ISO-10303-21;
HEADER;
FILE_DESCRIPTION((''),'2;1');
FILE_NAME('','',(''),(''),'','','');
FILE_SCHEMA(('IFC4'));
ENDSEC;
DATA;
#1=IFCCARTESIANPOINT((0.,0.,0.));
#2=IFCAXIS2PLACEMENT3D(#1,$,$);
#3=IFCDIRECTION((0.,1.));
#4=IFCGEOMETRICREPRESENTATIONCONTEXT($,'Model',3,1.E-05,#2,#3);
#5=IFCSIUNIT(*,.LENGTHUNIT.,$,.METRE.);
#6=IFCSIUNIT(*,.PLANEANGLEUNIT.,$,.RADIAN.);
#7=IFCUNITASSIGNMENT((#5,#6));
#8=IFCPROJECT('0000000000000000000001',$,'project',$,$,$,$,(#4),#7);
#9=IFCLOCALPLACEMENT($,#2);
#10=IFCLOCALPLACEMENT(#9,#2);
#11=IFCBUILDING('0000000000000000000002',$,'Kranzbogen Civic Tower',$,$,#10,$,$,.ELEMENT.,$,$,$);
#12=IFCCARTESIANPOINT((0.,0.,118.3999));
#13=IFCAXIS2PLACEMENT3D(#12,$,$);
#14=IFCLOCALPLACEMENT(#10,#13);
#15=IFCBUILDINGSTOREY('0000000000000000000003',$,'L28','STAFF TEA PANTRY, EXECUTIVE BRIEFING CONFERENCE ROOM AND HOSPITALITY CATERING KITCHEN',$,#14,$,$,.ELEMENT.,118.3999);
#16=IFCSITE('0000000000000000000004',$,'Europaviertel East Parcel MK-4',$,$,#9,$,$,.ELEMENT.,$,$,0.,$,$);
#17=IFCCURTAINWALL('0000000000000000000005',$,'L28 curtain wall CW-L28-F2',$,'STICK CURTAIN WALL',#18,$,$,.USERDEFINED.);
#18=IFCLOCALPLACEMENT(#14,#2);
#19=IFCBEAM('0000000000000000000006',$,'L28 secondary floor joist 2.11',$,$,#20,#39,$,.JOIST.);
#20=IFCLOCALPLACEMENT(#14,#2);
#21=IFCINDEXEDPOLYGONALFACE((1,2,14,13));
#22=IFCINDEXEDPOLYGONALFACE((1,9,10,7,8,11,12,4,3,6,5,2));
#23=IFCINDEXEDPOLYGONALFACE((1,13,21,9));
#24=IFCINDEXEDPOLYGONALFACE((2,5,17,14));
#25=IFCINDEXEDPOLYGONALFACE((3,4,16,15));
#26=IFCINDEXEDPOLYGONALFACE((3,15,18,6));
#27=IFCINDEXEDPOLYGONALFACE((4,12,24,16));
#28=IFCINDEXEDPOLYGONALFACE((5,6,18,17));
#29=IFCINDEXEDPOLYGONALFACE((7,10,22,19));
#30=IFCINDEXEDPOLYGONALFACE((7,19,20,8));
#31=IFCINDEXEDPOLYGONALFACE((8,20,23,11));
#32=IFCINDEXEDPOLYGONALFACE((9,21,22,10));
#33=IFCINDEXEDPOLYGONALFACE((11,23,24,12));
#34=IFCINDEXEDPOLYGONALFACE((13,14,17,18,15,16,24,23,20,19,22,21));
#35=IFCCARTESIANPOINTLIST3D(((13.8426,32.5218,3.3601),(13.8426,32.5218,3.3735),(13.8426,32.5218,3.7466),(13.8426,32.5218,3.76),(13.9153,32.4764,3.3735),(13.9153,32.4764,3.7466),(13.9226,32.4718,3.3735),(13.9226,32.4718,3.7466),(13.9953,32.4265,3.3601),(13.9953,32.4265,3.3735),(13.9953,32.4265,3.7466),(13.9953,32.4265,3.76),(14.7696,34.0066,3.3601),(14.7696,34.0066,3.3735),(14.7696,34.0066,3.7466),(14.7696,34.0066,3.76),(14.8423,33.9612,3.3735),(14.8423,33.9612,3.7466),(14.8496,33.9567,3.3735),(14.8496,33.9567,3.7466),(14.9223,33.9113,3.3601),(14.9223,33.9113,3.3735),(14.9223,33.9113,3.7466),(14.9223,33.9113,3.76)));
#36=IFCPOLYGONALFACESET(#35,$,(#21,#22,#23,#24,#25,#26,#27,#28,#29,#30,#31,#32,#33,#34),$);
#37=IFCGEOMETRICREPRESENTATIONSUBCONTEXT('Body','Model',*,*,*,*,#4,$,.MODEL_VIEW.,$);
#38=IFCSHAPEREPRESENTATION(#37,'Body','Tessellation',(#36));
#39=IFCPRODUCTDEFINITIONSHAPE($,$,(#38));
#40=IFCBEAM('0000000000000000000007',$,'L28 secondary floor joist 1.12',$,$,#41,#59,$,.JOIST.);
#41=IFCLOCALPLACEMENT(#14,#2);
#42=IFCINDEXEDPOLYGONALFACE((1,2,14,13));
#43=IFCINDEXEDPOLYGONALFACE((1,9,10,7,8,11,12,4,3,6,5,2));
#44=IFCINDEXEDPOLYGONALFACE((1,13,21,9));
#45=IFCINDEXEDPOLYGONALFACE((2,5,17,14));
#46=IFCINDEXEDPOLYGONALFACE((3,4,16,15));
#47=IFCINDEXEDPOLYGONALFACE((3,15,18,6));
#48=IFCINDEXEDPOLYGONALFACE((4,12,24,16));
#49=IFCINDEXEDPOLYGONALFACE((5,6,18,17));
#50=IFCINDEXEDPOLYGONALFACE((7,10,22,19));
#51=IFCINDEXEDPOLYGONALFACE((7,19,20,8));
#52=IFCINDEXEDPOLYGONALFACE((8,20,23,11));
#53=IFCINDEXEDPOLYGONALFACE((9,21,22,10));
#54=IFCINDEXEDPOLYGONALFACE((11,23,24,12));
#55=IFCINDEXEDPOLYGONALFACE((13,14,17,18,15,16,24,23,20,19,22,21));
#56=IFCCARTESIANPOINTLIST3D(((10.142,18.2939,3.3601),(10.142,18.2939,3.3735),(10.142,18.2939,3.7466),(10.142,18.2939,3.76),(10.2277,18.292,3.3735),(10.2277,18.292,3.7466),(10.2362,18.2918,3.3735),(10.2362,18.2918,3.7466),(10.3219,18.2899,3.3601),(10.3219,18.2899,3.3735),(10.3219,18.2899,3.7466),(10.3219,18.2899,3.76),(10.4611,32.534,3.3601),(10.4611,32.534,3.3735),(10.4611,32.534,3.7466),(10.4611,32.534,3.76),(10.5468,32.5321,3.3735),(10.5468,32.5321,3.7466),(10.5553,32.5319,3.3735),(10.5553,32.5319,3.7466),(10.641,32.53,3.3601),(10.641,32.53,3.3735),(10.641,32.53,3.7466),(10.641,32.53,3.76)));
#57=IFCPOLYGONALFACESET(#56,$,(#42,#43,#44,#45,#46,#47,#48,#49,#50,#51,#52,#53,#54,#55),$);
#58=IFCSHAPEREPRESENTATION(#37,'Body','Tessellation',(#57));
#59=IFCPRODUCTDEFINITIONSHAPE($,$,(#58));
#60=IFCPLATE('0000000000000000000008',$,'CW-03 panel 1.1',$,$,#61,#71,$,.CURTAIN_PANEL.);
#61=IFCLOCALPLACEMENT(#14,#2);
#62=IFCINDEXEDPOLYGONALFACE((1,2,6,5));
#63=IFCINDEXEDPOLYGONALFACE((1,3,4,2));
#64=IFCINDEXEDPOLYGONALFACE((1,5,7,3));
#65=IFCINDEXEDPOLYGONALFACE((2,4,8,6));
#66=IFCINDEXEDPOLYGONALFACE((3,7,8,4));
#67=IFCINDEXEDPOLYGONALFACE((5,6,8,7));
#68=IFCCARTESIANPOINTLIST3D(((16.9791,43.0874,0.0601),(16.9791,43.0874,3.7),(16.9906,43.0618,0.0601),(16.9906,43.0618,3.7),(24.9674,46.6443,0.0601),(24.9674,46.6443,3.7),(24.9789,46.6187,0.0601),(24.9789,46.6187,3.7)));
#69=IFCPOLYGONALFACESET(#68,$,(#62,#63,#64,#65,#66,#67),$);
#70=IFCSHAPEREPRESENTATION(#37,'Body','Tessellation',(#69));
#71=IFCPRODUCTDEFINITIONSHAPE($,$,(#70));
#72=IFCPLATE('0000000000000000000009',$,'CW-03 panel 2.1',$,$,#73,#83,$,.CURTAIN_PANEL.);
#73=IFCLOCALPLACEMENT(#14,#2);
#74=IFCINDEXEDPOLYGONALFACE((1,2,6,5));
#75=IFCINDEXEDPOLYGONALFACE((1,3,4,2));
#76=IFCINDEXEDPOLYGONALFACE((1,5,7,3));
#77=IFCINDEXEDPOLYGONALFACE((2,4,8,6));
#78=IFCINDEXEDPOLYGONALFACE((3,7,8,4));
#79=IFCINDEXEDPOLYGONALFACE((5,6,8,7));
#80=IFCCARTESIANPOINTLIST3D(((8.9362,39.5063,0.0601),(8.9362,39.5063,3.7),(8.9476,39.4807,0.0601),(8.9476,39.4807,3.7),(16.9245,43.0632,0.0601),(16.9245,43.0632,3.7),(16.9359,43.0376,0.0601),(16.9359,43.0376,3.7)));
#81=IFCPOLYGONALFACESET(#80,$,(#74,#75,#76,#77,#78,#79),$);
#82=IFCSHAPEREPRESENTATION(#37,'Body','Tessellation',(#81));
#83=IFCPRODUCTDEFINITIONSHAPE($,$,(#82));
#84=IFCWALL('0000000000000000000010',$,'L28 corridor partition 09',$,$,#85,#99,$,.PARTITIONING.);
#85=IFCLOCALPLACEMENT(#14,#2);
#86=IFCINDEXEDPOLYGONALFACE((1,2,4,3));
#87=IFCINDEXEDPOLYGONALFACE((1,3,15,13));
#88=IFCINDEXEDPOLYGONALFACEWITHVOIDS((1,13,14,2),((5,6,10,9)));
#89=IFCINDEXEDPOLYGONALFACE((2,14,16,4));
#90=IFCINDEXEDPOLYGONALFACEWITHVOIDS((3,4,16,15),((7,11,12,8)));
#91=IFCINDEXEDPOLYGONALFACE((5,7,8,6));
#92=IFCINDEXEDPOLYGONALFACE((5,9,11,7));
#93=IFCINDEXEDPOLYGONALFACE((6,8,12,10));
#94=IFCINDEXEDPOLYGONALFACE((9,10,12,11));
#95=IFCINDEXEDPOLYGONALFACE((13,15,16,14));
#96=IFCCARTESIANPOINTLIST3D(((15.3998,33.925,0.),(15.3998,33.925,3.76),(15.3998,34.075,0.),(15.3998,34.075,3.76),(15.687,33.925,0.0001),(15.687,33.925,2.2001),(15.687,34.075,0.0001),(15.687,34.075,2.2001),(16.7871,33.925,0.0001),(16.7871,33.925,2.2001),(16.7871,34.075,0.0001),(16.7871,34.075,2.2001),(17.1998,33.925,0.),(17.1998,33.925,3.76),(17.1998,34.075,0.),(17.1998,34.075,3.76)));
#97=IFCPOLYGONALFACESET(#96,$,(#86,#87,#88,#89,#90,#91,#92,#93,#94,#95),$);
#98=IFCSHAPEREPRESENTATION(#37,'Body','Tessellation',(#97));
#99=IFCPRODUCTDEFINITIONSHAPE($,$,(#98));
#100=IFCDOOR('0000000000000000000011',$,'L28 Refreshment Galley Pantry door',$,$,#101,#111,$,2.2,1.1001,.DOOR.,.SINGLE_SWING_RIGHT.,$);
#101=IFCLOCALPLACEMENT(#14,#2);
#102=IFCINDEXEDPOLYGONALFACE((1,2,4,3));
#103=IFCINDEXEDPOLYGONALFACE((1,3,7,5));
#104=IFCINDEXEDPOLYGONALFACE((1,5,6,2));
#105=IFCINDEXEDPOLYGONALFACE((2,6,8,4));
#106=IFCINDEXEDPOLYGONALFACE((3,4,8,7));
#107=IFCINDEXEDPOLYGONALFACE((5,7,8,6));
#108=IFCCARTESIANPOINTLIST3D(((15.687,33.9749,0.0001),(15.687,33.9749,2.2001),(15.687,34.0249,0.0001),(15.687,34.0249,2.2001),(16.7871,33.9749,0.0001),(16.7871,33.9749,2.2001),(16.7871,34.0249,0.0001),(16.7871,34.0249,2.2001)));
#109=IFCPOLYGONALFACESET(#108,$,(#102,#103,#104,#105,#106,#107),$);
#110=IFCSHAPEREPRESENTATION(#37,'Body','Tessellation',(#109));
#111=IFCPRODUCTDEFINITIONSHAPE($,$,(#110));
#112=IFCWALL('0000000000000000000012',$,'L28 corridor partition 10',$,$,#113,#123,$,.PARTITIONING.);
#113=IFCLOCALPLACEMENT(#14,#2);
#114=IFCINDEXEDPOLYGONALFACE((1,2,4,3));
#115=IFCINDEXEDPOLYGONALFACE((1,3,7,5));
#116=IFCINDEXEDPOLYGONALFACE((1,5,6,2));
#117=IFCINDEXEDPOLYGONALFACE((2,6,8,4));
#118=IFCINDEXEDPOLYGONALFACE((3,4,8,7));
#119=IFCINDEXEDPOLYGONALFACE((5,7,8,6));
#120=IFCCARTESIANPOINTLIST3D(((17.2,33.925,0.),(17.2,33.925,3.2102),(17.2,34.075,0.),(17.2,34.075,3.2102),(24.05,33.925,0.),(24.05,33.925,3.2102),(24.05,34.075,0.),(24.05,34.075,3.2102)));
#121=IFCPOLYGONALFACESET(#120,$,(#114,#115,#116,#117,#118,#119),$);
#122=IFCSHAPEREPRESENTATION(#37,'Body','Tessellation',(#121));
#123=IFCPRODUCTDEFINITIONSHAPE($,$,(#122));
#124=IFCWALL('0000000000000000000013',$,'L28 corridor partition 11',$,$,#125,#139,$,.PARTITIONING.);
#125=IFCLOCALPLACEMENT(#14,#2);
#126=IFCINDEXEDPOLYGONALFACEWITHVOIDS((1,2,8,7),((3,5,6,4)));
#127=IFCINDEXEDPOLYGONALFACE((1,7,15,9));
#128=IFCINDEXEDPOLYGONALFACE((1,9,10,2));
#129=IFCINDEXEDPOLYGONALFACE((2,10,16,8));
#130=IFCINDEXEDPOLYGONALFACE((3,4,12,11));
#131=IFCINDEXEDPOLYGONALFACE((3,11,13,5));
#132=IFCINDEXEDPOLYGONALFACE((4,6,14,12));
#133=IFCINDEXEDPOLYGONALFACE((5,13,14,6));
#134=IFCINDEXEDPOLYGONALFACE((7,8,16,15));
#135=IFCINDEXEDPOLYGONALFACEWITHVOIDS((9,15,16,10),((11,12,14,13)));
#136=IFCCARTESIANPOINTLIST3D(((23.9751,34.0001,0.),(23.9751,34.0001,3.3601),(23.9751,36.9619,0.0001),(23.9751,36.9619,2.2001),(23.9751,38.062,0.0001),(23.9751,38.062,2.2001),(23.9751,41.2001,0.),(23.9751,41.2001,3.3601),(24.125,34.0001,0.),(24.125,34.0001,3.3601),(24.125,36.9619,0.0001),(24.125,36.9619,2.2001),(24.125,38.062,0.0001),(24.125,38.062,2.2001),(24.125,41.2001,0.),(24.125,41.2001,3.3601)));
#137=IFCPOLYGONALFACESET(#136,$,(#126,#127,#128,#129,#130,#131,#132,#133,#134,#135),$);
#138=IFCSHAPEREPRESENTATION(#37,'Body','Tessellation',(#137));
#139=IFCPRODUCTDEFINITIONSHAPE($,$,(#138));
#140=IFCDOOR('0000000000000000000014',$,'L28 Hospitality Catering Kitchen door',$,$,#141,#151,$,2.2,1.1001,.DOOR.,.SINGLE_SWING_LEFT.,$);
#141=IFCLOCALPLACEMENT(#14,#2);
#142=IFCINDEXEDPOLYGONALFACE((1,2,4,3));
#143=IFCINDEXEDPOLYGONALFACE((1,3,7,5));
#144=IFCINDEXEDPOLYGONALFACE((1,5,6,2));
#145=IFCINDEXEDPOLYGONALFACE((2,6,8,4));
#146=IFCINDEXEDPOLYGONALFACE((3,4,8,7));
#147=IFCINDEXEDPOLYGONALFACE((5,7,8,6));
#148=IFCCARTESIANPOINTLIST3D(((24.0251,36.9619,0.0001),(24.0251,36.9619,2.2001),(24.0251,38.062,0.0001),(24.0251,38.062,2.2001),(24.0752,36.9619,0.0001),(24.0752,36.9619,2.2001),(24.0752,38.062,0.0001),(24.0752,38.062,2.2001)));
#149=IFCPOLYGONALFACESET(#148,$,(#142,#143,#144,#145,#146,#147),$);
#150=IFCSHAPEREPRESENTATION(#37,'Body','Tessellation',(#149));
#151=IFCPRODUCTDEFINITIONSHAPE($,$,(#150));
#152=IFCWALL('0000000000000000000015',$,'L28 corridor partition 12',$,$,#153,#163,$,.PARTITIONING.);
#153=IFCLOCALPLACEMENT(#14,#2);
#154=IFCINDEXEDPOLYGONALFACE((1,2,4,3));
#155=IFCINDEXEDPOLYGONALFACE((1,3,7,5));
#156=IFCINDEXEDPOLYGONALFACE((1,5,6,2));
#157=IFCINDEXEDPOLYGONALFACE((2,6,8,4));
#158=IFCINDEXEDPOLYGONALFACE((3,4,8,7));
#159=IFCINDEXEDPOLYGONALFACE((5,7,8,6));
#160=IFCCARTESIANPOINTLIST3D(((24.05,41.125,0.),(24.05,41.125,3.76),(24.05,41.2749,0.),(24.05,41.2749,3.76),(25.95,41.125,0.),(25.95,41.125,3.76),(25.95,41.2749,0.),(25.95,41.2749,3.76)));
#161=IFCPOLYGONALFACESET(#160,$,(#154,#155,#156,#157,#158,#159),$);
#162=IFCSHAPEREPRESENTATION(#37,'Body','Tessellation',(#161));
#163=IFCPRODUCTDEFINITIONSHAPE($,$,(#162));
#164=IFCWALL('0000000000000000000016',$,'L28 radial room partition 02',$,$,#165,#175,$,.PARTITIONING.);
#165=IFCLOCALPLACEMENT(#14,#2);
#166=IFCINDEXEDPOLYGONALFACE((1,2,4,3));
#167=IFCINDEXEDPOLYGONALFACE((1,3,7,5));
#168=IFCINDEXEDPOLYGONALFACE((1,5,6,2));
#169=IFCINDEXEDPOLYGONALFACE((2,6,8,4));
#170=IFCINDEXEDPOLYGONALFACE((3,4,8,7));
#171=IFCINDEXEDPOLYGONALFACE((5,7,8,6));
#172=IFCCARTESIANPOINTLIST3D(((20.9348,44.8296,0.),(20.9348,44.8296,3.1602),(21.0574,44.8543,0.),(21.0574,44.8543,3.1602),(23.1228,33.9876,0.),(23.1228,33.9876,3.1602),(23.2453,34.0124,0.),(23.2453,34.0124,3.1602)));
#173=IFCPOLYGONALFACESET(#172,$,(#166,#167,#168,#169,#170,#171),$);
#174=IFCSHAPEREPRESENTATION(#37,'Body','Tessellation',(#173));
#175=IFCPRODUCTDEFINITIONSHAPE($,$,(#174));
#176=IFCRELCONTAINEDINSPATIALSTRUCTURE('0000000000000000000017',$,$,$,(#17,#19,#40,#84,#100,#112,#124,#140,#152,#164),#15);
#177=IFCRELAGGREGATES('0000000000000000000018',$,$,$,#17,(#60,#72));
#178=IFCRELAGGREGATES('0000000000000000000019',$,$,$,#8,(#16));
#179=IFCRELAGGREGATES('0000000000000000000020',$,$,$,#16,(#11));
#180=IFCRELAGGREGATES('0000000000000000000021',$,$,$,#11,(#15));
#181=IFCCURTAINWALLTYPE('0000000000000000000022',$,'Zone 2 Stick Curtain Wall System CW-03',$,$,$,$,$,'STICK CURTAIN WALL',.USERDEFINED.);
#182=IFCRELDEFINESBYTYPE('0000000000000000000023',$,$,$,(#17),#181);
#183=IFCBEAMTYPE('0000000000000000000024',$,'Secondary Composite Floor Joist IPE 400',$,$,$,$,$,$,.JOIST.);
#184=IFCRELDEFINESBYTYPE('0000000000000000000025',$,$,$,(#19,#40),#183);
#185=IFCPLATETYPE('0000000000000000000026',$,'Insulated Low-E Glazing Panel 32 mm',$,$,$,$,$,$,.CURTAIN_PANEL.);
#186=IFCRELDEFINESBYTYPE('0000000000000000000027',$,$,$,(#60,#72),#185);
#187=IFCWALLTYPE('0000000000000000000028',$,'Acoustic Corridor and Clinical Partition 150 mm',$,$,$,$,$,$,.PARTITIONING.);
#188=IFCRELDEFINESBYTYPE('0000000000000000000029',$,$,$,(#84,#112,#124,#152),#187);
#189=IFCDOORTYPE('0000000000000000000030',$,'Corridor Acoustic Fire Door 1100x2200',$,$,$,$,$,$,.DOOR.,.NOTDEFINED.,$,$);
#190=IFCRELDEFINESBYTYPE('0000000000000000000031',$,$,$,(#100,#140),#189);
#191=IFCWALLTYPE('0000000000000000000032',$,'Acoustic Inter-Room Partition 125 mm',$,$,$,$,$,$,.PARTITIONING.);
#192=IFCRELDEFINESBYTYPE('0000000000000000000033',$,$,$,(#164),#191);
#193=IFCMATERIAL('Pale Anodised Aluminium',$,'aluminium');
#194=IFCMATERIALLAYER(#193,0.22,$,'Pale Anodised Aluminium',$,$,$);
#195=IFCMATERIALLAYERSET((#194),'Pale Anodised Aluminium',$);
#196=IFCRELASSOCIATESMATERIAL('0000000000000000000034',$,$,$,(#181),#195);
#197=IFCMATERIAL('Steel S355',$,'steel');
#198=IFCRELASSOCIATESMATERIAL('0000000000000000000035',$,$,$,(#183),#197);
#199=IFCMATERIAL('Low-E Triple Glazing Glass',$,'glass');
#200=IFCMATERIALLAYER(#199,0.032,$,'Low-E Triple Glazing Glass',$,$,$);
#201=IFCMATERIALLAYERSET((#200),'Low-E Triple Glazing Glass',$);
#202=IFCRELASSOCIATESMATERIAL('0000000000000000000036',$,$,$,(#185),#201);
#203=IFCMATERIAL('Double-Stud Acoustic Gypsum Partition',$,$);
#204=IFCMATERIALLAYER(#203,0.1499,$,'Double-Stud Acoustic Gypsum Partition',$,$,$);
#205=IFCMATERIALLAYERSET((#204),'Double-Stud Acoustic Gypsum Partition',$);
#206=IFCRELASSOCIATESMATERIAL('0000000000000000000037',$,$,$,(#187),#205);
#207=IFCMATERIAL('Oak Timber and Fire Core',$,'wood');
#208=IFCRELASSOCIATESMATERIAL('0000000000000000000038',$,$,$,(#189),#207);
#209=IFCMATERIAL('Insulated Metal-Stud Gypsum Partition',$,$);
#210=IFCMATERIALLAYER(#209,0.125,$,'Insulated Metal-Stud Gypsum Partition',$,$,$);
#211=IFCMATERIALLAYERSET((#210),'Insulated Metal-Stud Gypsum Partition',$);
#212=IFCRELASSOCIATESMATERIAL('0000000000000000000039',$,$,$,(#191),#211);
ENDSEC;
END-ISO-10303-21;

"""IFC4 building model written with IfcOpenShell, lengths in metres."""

from ifc_helpers import new_model, si_unit, direction, frame, frame_2d, origin, origin_2d, place, context, subcontext, project, spatial, rectangle, i_section, extrude, material, layer, layer_set, material_profile, profile_set, type_object, element, fill, aggregate, save


model = new_model("IFC4")

# Units and contexts
model_context = context("Model", 3, precision=1e-05, world=origin(), true_north=direction((0.0, 1.0)))
body_context = subcontext(model_context, "Body", "Model", "MODEL_VIEW")
ifc_project = project(units=[si_unit("LENGTHUNIT", "METRE"), si_unit("PLANEANGLEUNIT", "RADIAN")], contexts=[model_context])

# Site, building, storey
site_placement = place(None, origin())
site = spatial("IfcSite", under=ifc_project, at=site_placement, Name="Europaviertel East Parcel MK-4", CompositionType="ELEMENT", RefElevation=0.0)
building_placement = place(site_placement, origin())
building = spatial("IfcBuilding", under=site, at=building_placement, Name="Kranzbogen Civic Tower", CompositionType="ELEMENT")
storey_placement = place(building_placement, frame((0.0, 0.0, 118.3999)))
storey = spatial("IfcBuildingStorey", under=building, at=storey_placement, Name="L28", Description="STAFF TEA PANTRY, EXECUTIVE BRIEFING CONFERENCE ROOM AND HOSPITALITY CATERING KITCHEN", CompositionType="ELEMENT", Elevation=118.3999)

# Curtain wall
ifc_material_1 = material(Name="Pale Anodised Aluminium", Category="aluminium")
ifc_layer_1 = layer(ifc_material_1, 0.22, Name="Pale Anodised Aluminium")
ifc_layer_set_1 = layer_set([ifc_layer_1], Name="Pale Anodised Aluminium")
curtain_wall_type = type_object("IfcCurtainWallType", Name="Zone 2 Stick Curtain Wall System CW-03", ElementType="STICK CURTAIN WALL", PredefinedType="USERDEFINED", material=ifc_layer_set_1)
curtain_wall_1_placement = place(storey_placement, origin())
curtain_wall_1 = element("IfcCurtainWall", 1, at=curtain_wall_1_placement, inside=storey, type_object=curtain_wall_type, Name="L28 curtain wall CW-L28-F2", ObjectType="STICK CURTAIN WALL", PredefinedType="USERDEFINED")

# Beams
ifc_material_2 = material(Name="Steel S355", Category="steel")
ifc_material_profile_1 = material_profile(ifc_material_2, i_section(OverallWidth=0.1799, OverallDepth=0.3999, WebThickness=0.0085, FlangeThickness=0.0134, at=origin_2d()), Name="IPE 400")
ifc_profile_set_1 = profile_set([ifc_material_profile_1], Name="Steel S355")
beam_type_1 = type_object("IfcBeamType", Name="Secondary Composite Floor Joist IPE 400", PredefinedType="JOIST", material=ifc_profile_set_1)
beam_1_placement = place(storey_placement, frame((14.8459, 33.959, 3.5601), z_axis=(-0.529573, -0.848265, 0.0), x_axis=(0.848265, -0.529573, 0.0)))
element("IfcBeam", 2, at=beam_1_placement, inside=storey, type_object=beam_type_1, Name="L28 secondary floor joist 2.11", PredefinedType="JOIST", context=body_context, shape_type="SweptSolid", body=[
    extrude(i_section(OverallWidth=0.1799, OverallDepth=0.3999, WebThickness=0.0085, FlangeThickness=0.0134, at=origin_2d()), origin(), (0.0, 0.0, 1.0), 1.7505),
])
beam_2_placement = place(storey_placement, frame((10.551, 32.532, 3.5601), z_axis=(-0.022403, -0.999749, 0.0), x_axis=(0.999749, -0.022403, 0.0)))
element("IfcBeam", 3, at=beam_2_placement, inside=storey, type_object=beam_type_1, Name="L28 secondary floor joist 1.12", PredefinedType="JOIST", context=body_context, shape_type="SweptSolid", body=[
    extrude(i_section(OverallWidth=0.1799, OverallDepth=0.3999, WebThickness=0.0085, FlangeThickness=0.0134, at=origin_2d()), origin(), (0.0, 0.0, 1.0), 14.2437),
])

# Plates
ifc_material_3 = material(Name="Low-E Triple Glazing Glass", Category="glass")
ifc_layer_2 = layer(ifc_material_3, 0.032, Name="Low-E Triple Glazing Glass")
ifc_layer_set_2 = layer_set([ifc_layer_2], Name="Low-E Triple Glazing Glass")
plate_type = type_object("IfcPlateType", Name="Insulated Low-E Glazing Panel 32 mm", PredefinedType="CURTAIN_PANEL", material=ifc_layer_set_2)
plate_1_placement = place(storey_placement, frame((20.979, 44.853, 0.0601), z_axis=(0.0, 0.0, 1.0), x_axis=(-0.913534, -0.406763, 0.0)))
plate_1 = element("IfcPlate", 4, at=plate_1_placement, type_object=plate_type, Name="CW-03 panel 1.1", PredefinedType="CURTAIN_PANEL", context=body_context, shape_type="SweptSolid", body=[
    extrude(rectangle(XDim=8.7444, YDim=0.0281, at=origin_2d()), origin(), (0.0, 0.0, 1.0), 3.6399),
])
plate_2_placement = place(storey_placement, frame((12.936, 41.272, 0.0601), z_axis=(0.0, 0.0, 1.0), x_axis=(-0.913534, -0.406763, 0.0)))
plate_2 = element("IfcPlate", 5, at=plate_2_placement, type_object=plate_type, Name="CW-03 panel 2.1", PredefinedType="CURTAIN_PANEL", context=body_context, shape_type="SweptSolid", body=[
    extrude(rectangle(XDim=8.7444, YDim=0.0281, at=origin_2d()), origin(), (0.0, 0.0, 1.0), 3.6399),
])
aggregate(curtain_wall_1, [plate_1, plate_2])

# Wall, opening, door
ifc_material_4 = material(Name="Double-Stud Acoustic Gypsum Partition")
ifc_layer_3 = layer(ifc_material_4, 0.1499, Name="Double-Stud Acoustic Gypsum Partition")
ifc_layer_set_3 = layer_set([ifc_layer_3], Name="Double-Stud Acoustic Gypsum Partition")
wall_type_1 = type_object("IfcWallType", Name="Acoustic Corridor and Clinical Partition 150 mm", PredefinedType="PARTITIONING", material=ifc_layer_set_3)
wall_1_placement = place(storey_placement, frame((15.3999, 34.0, 0.0), z_axis=(0.0, 0.0, 1.0), x_axis=(1.0, 0.0, 0.0)))
wall_1 = element("IfcWall", 6, at=wall_1_placement, inside=storey, type_object=wall_type_1, Name="L28 corridor partition 09", PredefinedType="PARTITIONING", context=body_context, shape_type="SweptSolid", body=[
    extrude(rectangle(XDim=1.8, YDim=0.1499, at=frame_2d((0.8999, 0.0))), origin(), (0.0, 0.0, 1.0), 3.76),
])
opening_1_placement = place(wall_1_placement, frame((0.2871, 0.0, 0.0)))
opening_1 = element("IfcOpeningElement", 7, at=opening_1_placement, cuts=wall_1, PredefinedType="OPENING", context=body_context, shape_type="SweptSolid", body=[
    extrude(rectangle(XDim=1.1001, YDim=2.2, at=frame_2d((0.55, 1.1001))), frame((0.0, 0.085, 0.0), z_axis=(0.0, -1.0, 0.0), x_axis=(1.0, 0.0, 0.0)), (0.0, 0.0, 1.0), 0.1699),
])
ifc_material_5 = material(Name="Oak Timber and Fire Core", Category="wood")
door_type = type_object("IfcDoorType", Name="Corridor Acoustic Fire Door 1100x2200", OperationType="NOTDEFINED", PredefinedType="DOOR", material=ifc_material_5)
door_1_placement = place(opening_1_placement, origin())
door_1 = element("IfcDoor", 8, at=door_1_placement, inside=storey, type_object=door_type, Name="L28 Refreshment Galley Pantry door", OperationType="SINGLE_SWING_RIGHT", OverallHeight=2.2, OverallWidth=1.1001, PredefinedType="DOOR", context=body_context, shape_type="SweptSolid", body=[
    extrude(rectangle(XDim=1.1001, YDim=2.2, at=frame_2d((0.55, 1.1001))), frame((0.0, 0.0249, 0.0), z_axis=(0.0, -1.0, 0.0), x_axis=(1.0, 0.0, 0.0)), (0.0, 0.0, 1.0), 0.05),
])
fill(opening_1, door_1)

# Wall
wall_2_placement = place(storey_placement, frame((17.2, 34.0, 0.0), z_axis=(0.0, 0.0, 1.0), x_axis=(1.0, 0.0, 0.0)))
element("IfcWall", 9, at=wall_2_placement, inside=storey, type_object=wall_type_1, Name="L28 corridor partition 10", PredefinedType="PARTITIONING", context=body_context, shape_type="SweptSolid", body=[
    extrude(rectangle(XDim=6.8501, YDim=0.1499, at=frame_2d((3.425, 0.0))), origin(), (0.0, 0.0, 1.0), 3.2102),
])

# Wall, opening, door
wall_3_placement = place(storey_placement, frame((24.05, 34.0, 0.0), z_axis=(0.0, 0.0, 1.0), x_axis=(0.0, 1.0, 0.0)))
wall_3 = element("IfcWall", 10, at=wall_3_placement, inside=storey, type_object=wall_type_1, Name="L28 corridor partition 11", PredefinedType="PARTITIONING", context=body_context, shape_type="SweptSolid", body=[
    extrude(rectangle(XDim=7.2, YDim=0.1499, at=frame_2d((3.6001, 0.0))), origin(), (0.0, 0.0, 1.0), 3.3601),
])
opening_2_placement = place(wall_3_placement, frame((2.9619, 0.0, 0.0)))
opening_2 = element("IfcOpeningElement", 11, at=opening_2_placement, cuts=wall_3, PredefinedType="OPENING", context=body_context, shape_type="SweptSolid", body=[
    extrude(rectangle(XDim=1.1001, YDim=2.2, at=frame_2d((0.55, 1.1001))), frame((0.0, 0.085, 0.0), z_axis=(0.0, -1.0, 0.0), x_axis=(1.0, 0.0, 0.0)), (0.0, 0.0, 1.0), 0.1699),
])
door_2_placement = place(opening_2_placement, origin())
door_2 = element("IfcDoor", 12, at=door_2_placement, inside=storey, type_object=door_type, Name="L28 Hospitality Catering Kitchen door", OperationType="SINGLE_SWING_LEFT", OverallHeight=2.2, OverallWidth=1.1001, PredefinedType="DOOR", context=body_context, shape_type="SweptSolid", body=[
    extrude(rectangle(XDim=1.1001, YDim=2.2, at=frame_2d((0.55, 1.1001))), frame((0.0, 0.0249, 0.0), z_axis=(0.0, -1.0, 0.0), x_axis=(1.0, 0.0, 0.0)), (0.0, 0.0, 1.0), 0.05),
])
fill(opening_2, door_2)

# Walls
wall_4_placement = place(storey_placement, frame((24.05, 41.2, 0.0), z_axis=(0.0, 0.0, 1.0), x_axis=(1.0, 0.0, 0.0)))
element("IfcWall", 13, at=wall_4_placement, inside=storey, type_object=wall_type_1, Name="L28 corridor partition 12", PredefinedType="PARTITIONING", context=body_context, shape_type="SweptSolid", body=[
    extrude(rectangle(XDim=1.8999, YDim=0.1499, at=frame_2d((0.95, 0.0))), origin(), (0.0, 0.0, 1.0), 3.76),
])
ifc_material_6 = material(Name="Insulated Metal-Stud Gypsum Partition")
ifc_layer_4 = layer(ifc_material_6, 0.125, Name="Insulated Metal-Stud Gypsum Partition")
ifc_layer_set_4 = layer_set([ifc_layer_4], Name="Insulated Metal-Stud Gypsum Partition")
wall_type_2 = type_object("IfcWallType", Name="Acoustic Inter-Room Partition 125 mm", PredefinedType="PARTITIONING", material=ifc_layer_set_4)
wall_5_placement = place(storey_placement, frame((23.1841, 34.0, 0.0), z_axis=(0.0, 0.0, 1.0), x_axis=(-0.197818, 0.980239, 0.0)))
element("IfcWall", 14, at=wall_5_placement, inside=storey, type_object=wall_type_2, Name="L28 radial room partition 02", PredefinedType="PARTITIONING", context=body_context, shape_type="SweptSolid", body=[
    extrude(rectangle(XDim=11.0605, YDim=0.125, at=frame_2d((5.5303, 0.0))), origin(), (0.0, 0.0, 1.0), 3.1602),
])

save(model, "model.ifc")
